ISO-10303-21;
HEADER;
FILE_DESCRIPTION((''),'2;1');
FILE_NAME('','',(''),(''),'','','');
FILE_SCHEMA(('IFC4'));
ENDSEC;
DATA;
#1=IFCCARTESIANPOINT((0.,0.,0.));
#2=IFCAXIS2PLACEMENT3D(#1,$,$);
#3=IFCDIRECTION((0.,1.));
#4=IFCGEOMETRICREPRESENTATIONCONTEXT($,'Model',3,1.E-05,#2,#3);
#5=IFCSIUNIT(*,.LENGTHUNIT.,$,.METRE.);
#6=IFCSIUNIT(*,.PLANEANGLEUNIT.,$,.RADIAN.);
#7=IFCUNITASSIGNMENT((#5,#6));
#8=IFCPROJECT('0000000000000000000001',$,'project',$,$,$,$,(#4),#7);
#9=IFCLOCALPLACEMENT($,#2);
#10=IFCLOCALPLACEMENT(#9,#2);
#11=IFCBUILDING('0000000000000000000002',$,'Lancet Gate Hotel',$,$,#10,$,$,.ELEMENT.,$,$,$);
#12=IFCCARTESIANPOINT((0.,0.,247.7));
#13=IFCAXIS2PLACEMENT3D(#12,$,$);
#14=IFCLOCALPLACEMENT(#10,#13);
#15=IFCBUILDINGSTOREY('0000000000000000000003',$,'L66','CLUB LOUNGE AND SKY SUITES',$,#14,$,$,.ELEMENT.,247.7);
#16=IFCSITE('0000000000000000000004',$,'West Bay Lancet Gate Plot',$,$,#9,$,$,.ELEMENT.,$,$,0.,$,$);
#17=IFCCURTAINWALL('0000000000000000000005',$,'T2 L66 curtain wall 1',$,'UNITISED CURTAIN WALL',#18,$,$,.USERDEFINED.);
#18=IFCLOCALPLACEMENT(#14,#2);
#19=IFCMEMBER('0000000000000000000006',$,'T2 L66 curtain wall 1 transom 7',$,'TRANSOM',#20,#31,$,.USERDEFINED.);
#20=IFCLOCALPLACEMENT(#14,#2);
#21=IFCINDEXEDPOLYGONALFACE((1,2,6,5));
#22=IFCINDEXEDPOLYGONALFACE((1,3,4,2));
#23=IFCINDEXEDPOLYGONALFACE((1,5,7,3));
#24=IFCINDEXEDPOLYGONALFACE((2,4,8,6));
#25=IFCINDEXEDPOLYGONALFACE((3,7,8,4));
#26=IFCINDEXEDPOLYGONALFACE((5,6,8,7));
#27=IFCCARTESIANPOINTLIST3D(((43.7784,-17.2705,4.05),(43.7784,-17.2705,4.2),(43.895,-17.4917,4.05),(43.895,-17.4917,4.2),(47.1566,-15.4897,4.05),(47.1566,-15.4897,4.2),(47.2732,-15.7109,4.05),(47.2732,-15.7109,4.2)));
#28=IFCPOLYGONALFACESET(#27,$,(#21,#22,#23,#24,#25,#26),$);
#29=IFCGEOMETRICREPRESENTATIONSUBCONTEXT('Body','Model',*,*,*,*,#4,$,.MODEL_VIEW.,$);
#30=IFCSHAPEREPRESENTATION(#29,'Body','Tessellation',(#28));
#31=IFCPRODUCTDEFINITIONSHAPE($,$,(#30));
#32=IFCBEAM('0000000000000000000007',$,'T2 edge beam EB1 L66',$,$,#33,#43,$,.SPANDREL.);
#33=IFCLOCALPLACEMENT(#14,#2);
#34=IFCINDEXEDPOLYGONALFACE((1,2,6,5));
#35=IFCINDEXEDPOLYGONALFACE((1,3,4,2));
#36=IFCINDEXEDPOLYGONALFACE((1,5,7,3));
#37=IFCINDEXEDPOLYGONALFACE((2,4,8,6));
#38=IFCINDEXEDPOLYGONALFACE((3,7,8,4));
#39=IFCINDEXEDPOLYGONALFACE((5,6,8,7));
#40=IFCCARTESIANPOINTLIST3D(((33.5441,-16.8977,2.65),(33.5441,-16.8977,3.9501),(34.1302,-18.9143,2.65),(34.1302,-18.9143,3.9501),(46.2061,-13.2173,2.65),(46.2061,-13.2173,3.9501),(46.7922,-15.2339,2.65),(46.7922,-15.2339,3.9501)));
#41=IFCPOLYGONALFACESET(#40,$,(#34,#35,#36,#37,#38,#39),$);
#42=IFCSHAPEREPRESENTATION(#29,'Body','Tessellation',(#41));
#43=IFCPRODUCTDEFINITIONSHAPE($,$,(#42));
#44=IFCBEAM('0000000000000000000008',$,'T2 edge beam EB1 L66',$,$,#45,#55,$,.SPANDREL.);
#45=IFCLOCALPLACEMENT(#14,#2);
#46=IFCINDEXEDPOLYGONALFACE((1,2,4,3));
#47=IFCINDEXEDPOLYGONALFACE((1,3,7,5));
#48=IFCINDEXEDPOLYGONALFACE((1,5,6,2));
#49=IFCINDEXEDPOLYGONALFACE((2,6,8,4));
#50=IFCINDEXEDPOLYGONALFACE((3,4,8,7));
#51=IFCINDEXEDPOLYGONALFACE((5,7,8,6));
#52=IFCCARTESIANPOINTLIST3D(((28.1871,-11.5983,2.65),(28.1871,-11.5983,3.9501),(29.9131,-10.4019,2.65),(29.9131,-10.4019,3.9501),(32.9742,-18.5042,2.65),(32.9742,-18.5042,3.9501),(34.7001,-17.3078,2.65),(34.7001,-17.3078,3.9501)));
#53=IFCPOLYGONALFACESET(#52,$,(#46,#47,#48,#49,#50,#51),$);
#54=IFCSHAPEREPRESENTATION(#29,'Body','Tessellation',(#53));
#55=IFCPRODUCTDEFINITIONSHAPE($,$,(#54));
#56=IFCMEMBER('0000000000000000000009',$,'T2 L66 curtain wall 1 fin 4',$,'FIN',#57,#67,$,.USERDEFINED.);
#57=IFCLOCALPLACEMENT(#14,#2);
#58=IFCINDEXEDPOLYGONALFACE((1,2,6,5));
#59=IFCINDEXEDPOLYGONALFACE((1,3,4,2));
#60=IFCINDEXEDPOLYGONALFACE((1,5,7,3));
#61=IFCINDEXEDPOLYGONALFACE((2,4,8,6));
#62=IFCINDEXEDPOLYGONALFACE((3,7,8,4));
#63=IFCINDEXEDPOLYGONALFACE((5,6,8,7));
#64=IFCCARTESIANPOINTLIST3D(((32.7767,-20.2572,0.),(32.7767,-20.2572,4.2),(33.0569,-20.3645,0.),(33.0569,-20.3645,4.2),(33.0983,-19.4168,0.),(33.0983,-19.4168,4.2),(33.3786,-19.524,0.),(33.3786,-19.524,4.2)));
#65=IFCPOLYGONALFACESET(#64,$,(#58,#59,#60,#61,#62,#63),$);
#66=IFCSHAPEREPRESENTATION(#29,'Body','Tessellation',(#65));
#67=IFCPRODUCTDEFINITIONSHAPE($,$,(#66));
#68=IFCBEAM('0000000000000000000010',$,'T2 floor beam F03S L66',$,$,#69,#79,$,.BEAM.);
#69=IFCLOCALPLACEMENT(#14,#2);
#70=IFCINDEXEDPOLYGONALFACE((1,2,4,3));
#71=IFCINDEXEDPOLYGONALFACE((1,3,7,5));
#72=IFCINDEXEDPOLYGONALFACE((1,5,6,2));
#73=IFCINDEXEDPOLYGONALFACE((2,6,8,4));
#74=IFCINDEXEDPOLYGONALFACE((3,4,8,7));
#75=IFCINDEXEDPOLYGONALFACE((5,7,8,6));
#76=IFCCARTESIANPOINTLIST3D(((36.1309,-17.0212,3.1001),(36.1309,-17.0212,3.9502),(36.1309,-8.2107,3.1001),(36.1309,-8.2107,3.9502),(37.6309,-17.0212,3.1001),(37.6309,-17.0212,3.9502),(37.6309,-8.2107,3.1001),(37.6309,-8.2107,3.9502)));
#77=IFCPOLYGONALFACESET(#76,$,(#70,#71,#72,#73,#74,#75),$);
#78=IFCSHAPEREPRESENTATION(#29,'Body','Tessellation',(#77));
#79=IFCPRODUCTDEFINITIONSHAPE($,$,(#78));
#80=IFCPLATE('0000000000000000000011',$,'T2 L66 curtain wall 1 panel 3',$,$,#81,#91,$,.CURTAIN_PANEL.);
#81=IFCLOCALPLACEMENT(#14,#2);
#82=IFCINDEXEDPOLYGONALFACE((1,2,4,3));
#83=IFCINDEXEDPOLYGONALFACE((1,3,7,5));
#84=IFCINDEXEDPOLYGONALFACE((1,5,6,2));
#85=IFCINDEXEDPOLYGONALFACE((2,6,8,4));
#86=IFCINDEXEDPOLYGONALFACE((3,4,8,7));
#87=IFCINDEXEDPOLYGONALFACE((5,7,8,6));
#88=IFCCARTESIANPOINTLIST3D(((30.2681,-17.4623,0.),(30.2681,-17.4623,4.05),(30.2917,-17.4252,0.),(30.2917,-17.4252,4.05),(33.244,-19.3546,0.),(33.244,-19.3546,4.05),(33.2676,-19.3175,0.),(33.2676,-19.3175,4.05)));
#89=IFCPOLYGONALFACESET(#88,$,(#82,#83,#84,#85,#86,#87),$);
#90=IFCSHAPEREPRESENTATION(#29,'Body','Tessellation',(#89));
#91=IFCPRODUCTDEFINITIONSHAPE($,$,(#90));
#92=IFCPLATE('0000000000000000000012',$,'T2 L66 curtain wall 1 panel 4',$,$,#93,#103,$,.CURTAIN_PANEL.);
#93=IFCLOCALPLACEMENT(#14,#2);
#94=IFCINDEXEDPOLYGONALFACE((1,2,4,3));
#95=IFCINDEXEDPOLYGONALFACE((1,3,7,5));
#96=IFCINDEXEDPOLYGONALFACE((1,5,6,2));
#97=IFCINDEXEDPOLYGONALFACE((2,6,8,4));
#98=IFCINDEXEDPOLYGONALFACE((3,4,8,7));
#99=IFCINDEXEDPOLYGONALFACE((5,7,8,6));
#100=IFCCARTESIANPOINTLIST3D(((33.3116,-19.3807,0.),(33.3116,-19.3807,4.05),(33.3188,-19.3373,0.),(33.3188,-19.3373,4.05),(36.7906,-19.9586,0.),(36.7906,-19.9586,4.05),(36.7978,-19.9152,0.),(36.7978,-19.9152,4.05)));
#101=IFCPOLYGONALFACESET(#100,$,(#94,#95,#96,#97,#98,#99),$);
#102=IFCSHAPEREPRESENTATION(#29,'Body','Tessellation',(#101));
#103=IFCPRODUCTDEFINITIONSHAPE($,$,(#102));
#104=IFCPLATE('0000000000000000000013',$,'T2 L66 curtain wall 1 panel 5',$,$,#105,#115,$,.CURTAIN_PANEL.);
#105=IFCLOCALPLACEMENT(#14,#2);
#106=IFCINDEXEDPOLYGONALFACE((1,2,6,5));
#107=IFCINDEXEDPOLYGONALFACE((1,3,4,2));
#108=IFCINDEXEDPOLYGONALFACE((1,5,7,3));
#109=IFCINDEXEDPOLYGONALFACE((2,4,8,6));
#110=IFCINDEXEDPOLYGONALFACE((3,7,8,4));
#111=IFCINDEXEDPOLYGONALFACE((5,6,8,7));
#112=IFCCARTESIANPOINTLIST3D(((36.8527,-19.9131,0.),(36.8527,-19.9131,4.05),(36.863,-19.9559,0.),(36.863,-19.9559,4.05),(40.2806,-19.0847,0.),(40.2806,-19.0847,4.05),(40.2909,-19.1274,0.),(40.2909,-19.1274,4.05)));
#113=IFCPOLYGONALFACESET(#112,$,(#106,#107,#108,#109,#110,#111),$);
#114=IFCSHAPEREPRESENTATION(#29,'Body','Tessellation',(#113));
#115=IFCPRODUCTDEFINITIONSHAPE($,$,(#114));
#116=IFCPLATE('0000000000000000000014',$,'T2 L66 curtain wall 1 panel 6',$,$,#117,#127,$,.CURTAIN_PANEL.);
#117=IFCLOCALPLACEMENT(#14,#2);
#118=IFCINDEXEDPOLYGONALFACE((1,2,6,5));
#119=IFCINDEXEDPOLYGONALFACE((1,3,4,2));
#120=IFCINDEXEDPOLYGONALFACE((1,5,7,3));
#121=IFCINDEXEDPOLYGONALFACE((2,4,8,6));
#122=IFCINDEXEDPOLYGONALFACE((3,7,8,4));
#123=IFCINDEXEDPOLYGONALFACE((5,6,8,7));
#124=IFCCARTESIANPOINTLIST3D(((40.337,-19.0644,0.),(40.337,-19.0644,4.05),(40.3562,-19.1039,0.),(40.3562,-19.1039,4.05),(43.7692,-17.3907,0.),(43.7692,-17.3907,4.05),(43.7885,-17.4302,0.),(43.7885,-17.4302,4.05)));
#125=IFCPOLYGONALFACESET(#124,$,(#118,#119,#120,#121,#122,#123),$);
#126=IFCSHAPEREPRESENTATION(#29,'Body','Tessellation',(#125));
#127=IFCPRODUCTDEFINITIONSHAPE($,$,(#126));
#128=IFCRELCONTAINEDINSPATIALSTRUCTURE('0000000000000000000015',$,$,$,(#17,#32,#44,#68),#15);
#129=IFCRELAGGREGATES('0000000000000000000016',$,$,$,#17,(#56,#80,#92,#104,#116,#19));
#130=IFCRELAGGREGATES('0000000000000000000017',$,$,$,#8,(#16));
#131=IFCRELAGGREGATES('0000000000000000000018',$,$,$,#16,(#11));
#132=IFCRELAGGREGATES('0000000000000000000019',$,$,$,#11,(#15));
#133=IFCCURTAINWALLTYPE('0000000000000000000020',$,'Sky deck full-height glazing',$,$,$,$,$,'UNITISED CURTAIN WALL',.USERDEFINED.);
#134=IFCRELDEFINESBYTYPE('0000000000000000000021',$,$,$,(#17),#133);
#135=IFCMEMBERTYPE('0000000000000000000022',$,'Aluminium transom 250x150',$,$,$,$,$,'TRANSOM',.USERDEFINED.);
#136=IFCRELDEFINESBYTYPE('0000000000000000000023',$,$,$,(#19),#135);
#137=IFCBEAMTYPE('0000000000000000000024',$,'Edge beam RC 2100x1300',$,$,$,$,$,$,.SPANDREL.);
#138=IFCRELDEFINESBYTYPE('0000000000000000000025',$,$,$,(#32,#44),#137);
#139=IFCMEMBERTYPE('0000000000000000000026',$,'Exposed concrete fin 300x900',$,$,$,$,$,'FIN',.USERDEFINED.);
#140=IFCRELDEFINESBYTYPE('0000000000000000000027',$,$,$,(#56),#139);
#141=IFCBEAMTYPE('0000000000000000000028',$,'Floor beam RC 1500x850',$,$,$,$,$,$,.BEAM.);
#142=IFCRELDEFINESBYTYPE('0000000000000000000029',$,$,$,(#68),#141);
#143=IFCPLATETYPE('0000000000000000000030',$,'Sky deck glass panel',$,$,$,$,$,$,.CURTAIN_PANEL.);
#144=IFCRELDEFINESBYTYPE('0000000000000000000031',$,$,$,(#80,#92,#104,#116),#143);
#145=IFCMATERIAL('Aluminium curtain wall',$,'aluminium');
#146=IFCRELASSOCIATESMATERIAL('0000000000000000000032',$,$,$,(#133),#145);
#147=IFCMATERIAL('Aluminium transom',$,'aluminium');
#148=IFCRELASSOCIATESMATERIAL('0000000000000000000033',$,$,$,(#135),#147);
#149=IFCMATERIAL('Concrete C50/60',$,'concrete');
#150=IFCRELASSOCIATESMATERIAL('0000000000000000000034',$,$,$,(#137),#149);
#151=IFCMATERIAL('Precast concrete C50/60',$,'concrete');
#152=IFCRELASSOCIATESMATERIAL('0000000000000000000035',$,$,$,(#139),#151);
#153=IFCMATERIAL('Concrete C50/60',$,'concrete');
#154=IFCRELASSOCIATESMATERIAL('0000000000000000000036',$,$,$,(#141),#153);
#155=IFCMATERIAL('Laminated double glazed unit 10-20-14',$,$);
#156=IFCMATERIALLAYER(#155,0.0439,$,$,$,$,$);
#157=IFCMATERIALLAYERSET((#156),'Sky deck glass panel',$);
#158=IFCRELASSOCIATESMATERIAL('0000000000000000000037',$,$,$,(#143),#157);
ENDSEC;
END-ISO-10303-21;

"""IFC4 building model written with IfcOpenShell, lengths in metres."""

from ifc_helpers import new_model, si_unit, direction, frame, origin, origin_2d, place, context, subcontext, project, spatial, rectangle, extrude, material, layer, layer_set, material_profile, profile_set, type_object, element, aggregate, save


model = new_model("IFC4")

# Units and contexts
model_context = context("Model", 3, precision=1e-05, world=origin(), true_north=direction((0.0, 1.0)))
body_context = subcontext(model_context, "Body", "Model", "MODEL_VIEW")
ifc_project = project(units=[si_unit("LENGTHUNIT", "METRE"), si_unit("PLANEANGLEUNIT", "RADIAN")], contexts=[model_context])

# Site, building, storey
site_placement = place(None, origin())
site = spatial("IfcSite", under=ifc_project, at=site_placement, Name="West Bay Lancet Gate Plot", CompositionType="ELEMENT", RefElevation=0.0)
building_placement = place(site_placement, origin())
building = spatial("IfcBuilding", under=site, at=building_placement, Name="Lancet Gate Hotel", CompositionType="ELEMENT")
storey_placement = place(building_placement, frame((0.0, 0.0, 247.7)))
storey = spatial("IfcBuildingStorey", under=building, at=storey_placement, Name="L66", Description="CLUB LOUNGE AND SKY SUITES", CompositionType="ELEMENT", Elevation=247.7)

# Curtain wall, member
ifc_material_1 = material(Name="Aluminium curtain wall", Category="aluminium")
curtain_wall_type = type_object("IfcCurtainWallType", Name="Sky deck full-height glazing", ElementType="UNITISED CURTAIN WALL", PredefinedType="USERDEFINED", material=ifc_material_1)
curtain_wall_placement = place(storey_placement, origin())
curtain_wall = element("IfcCurtainWall", 1, at=curtain_wall_placement, inside=storey, type_object=curtain_wall_type, Name="T2 L66 curtain wall 1", ObjectType="UNITISED CURTAIN WALL", PredefinedType="USERDEFINED")
ifc_material_2 = material(Name="Aluminium transom", Category="aluminium")
ifc_material_profile_1 = material_profile(ifc_material_2, rectangle(XDim=0.25, YDim=0.1499, at=origin_2d()), Name="TRANSOM 250x150")
ifc_profile_set_1 = profile_set([ifc_material_profile_1], Name="Aluminium transom")
member_type_1 = type_object("IfcMemberType", Name="Aluminium transom 250x150", ElementType="TRANSOM", PredefinedType="USERDEFINED", material=ifc_profile_set_1)
member_1_placement = place(storey_placement, frame((43.8367, -17.3811, 4.125), z_axis=(0.884618, 0.466315, 0.0), x_axis=(-0.466315, 0.884618, 0.0)))
member_1 = element("IfcMember", 2, at=member_1_placement, type_object=member_type_1, Name="T2 L66 curtain wall 1 transom 7", ObjectType="TRANSOM", PredefinedType="USERDEFINED", context=body_context, shape_type="SweptSolid", body=[
    extrude(rectangle(XDim=0.25, YDim=0.1499, at=origin_2d()), origin(), (0.0, 0.0, 1.0), 3.8188),
])

# Beams
ifc_material_3 = material(Name="Concrete C50/60", Category="concrete")
ifc_material_profile_2 = material_profile(ifc_material_3, rectangle(XDim=2.1001, YDim=1.3, at=origin_2d()), Name="RC 2100x1300")
ifc_profile_set_2 = profile_set([ifc_material_profile_2], Name="Concrete C50/60")
beam_type_1 = type_object("IfcBeamType", Name="Edge beam RC 2100x1300", PredefinedType="SPANDREL", material=ifc_profile_set_2)
beam_1_placement = place(storey_placement, frame((33.8372, -17.906, 3.3), z_axis=(0.960258, 0.279113, 0.0), x_axis=(-0.279113, 0.960258, 0.0)))
element("IfcBeam", 3, at=beam_1_placement, inside=storey, type_object=beam_type_1, Name="T2 edge beam EB1 L66", PredefinedType="SPANDREL", context=body_context, shape_type="SweptSolid", body=[
    extrude(rectangle(XDim=2.1001, YDim=1.3, at=origin_2d()), origin(), (0.0, 0.0, 1.0), 13.186),
])
beam_2_placement = place(storey_placement, frame((33.8372, -17.906, 3.3), z_axis=(-0.569695, 0.821856, 0.0), x_axis=(-0.821856, -0.569695, 0.0)))
element("IfcBeam", 4, at=beam_2_placement, inside=storey, type_object=beam_type_1, Name="T2 edge beam EB1 L66", PredefinedType="SPANDREL", context=body_context, shape_type="SweptSolid", body=[
    extrude(rectangle(XDim=2.1001, YDim=1.3, at=origin_2d()), origin(), (0.0, 0.0, 1.0), 8.4028),
])

# Member
ifc_material_4 = material(Name="Precast concrete C50/60", Category="concrete")
ifc_material_profile_3 = material_profile(ifc_material_4, rectangle(XDim=0.3, YDim=0.8999, at=origin_2d()), Name="FIN 300x900")
ifc_profile_set_3 = profile_set([ifc_material_profile_3], Name="Precast concrete C50/60")
member_type_2 = type_object("IfcMemberType", Name="Exposed concrete fin 300x900", ElementType="FIN", PredefinedType="USERDEFINED", material=ifc_profile_set_3)
member_2_placement = place(storey_placement, frame((33.0776, -19.8906, 0.0), z_axis=(0.0, 0.0, 1.0), x_axis=(0.933943, -0.357421, 0.0)))
member_2 = element("IfcMember", 5, at=member_2_placement, type_object=member_type_2, Name="T2 L66 curtain wall 1 fin 4", ObjectType="FIN", PredefinedType="USERDEFINED", context=body_context, shape_type="SweptSolid", body=[
    extrude(rectangle(XDim=0.3, YDim=0.8999, at=origin_2d()), origin(), (0.0, 0.0, 1.0), 4.2),
])

# Beam
ifc_material_5 = material(Name="Concrete C50/60", Category="concrete")
ifc_material_profile_4 = material_profile(ifc_material_5, rectangle(XDim=1.5, YDim=0.8501, at=origin_2d()), Name="RC 1500x850")
ifc_profile_set_4 = profile_set([ifc_material_profile_4], Name="Concrete C50/60")
beam_type_2 = type_object("IfcBeamType", Name="Floor beam RC 1500x850", PredefinedType="BEAM", material=ifc_profile_set_4)
beam_3_placement = place(storey_placement, frame((36.8809, -17.0212, 3.5251), z_axis=(0.0, 1.0, 0.0), x_axis=(-1.0, 0.0, 0.0)))
element("IfcBeam", 6, at=beam_3_placement, inside=storey, type_object=beam_type_2, Name="T2 floor beam F03S L66", PredefinedType="BEAM", context=body_context, shape_type="SweptSolid", body=[
    extrude(rectangle(XDim=1.5, YDim=0.8501, at=origin_2d()), origin(), (0.0, 0.0, 1.0), 8.8105),
])

# Plates
ifc_material_6 = material(Name="Laminated double glazed unit 10-20-14")
ifc_layer = layer(ifc_material_6, 0.0439)
ifc_layer_set = layer_set([ifc_layer], Name="Sky deck glass panel")
plate_type = type_object("IfcPlateType", Name="Sky deck glass panel", PredefinedType="CURTAIN_PANEL", material=ifc_layer_set)
plate_1_placement = place(storey_placement, frame((31.7678, -18.3899, 0.0), z_axis=(0.0, 0.0, 1.0), x_axis=(0.843845, -0.536587, 0.0)))
plate_1 = element("IfcPlate", 7, at=plate_1_placement, type_object=plate_type, Name="T2 L66 curtain wall 1 panel 3", PredefinedType="CURTAIN_PANEL", context=body_context, shape_type="SweptSolid", body=[
    extrude(rectangle(XDim=3.5266, YDim=0.0439, at=origin_2d()), origin(), (0.0, 0.0, 1.0), 4.05),
])
plate_2_placement = place(storey_placement, frame((35.0547, -19.6479, 0.0), z_axis=(0.0, 0.0, 1.0), x_axis=(0.98648, -0.163881, 0.0)))
plate_2 = element("IfcPlate", 8, at=plate_2_placement, type_object=plate_type, Name="T2 L66 curtain wall 1 panel 4", PredefinedType="CURTAIN_PANEL", context=body_context, shape_type="SweptSolid", body=[
    extrude(rectangle(XDim=3.5266, YDim=0.0439, at=origin_2d()), origin(), (0.0, 0.0, 1.0), 4.05),
])
plate_3_placement = place(storey_placement, frame((38.5718, -19.5203, 0.0), z_axis=(0.0, 0.0, 1.0), x_axis=(0.972014, 0.234924, 0.0)))
plate_3 = element("IfcPlate", 9, at=plate_3_placement, type_object=plate_type, Name="T2 L66 curtain wall 1 panel 5", PredefinedType="CURTAIN_PANEL", context=body_context, shape_type="SweptSolid", body=[
    extrude(rectangle(XDim=3.5266, YDim=0.0439, at=origin_2d()), origin(), (0.0, 0.0, 1.0), 4.05),
])
plate_4_placement = place(storey_placement, frame((42.0627, -18.2473, 0.0), z_axis=(0.0, 0.0, 1.0), x_axis=(0.898823, 0.438311, 0.0)))
plate_4 = element("IfcPlate", 10, at=plate_4_placement, type_object=plate_type, Name="T2 L66 curtain wall 1 panel 6", PredefinedType="CURTAIN_PANEL", context=body_context, shape_type="SweptSolid", body=[
    extrude(rectangle(XDim=3.8186, YDim=0.0439, at=origin_2d()), origin(), (0.0, 0.0, 1.0), 4.05),
])
aggregate(curtain_wall, [member_2, plate_1, plate_2, plate_3, plate_4, member_1])

save(model, "model.ifc")
